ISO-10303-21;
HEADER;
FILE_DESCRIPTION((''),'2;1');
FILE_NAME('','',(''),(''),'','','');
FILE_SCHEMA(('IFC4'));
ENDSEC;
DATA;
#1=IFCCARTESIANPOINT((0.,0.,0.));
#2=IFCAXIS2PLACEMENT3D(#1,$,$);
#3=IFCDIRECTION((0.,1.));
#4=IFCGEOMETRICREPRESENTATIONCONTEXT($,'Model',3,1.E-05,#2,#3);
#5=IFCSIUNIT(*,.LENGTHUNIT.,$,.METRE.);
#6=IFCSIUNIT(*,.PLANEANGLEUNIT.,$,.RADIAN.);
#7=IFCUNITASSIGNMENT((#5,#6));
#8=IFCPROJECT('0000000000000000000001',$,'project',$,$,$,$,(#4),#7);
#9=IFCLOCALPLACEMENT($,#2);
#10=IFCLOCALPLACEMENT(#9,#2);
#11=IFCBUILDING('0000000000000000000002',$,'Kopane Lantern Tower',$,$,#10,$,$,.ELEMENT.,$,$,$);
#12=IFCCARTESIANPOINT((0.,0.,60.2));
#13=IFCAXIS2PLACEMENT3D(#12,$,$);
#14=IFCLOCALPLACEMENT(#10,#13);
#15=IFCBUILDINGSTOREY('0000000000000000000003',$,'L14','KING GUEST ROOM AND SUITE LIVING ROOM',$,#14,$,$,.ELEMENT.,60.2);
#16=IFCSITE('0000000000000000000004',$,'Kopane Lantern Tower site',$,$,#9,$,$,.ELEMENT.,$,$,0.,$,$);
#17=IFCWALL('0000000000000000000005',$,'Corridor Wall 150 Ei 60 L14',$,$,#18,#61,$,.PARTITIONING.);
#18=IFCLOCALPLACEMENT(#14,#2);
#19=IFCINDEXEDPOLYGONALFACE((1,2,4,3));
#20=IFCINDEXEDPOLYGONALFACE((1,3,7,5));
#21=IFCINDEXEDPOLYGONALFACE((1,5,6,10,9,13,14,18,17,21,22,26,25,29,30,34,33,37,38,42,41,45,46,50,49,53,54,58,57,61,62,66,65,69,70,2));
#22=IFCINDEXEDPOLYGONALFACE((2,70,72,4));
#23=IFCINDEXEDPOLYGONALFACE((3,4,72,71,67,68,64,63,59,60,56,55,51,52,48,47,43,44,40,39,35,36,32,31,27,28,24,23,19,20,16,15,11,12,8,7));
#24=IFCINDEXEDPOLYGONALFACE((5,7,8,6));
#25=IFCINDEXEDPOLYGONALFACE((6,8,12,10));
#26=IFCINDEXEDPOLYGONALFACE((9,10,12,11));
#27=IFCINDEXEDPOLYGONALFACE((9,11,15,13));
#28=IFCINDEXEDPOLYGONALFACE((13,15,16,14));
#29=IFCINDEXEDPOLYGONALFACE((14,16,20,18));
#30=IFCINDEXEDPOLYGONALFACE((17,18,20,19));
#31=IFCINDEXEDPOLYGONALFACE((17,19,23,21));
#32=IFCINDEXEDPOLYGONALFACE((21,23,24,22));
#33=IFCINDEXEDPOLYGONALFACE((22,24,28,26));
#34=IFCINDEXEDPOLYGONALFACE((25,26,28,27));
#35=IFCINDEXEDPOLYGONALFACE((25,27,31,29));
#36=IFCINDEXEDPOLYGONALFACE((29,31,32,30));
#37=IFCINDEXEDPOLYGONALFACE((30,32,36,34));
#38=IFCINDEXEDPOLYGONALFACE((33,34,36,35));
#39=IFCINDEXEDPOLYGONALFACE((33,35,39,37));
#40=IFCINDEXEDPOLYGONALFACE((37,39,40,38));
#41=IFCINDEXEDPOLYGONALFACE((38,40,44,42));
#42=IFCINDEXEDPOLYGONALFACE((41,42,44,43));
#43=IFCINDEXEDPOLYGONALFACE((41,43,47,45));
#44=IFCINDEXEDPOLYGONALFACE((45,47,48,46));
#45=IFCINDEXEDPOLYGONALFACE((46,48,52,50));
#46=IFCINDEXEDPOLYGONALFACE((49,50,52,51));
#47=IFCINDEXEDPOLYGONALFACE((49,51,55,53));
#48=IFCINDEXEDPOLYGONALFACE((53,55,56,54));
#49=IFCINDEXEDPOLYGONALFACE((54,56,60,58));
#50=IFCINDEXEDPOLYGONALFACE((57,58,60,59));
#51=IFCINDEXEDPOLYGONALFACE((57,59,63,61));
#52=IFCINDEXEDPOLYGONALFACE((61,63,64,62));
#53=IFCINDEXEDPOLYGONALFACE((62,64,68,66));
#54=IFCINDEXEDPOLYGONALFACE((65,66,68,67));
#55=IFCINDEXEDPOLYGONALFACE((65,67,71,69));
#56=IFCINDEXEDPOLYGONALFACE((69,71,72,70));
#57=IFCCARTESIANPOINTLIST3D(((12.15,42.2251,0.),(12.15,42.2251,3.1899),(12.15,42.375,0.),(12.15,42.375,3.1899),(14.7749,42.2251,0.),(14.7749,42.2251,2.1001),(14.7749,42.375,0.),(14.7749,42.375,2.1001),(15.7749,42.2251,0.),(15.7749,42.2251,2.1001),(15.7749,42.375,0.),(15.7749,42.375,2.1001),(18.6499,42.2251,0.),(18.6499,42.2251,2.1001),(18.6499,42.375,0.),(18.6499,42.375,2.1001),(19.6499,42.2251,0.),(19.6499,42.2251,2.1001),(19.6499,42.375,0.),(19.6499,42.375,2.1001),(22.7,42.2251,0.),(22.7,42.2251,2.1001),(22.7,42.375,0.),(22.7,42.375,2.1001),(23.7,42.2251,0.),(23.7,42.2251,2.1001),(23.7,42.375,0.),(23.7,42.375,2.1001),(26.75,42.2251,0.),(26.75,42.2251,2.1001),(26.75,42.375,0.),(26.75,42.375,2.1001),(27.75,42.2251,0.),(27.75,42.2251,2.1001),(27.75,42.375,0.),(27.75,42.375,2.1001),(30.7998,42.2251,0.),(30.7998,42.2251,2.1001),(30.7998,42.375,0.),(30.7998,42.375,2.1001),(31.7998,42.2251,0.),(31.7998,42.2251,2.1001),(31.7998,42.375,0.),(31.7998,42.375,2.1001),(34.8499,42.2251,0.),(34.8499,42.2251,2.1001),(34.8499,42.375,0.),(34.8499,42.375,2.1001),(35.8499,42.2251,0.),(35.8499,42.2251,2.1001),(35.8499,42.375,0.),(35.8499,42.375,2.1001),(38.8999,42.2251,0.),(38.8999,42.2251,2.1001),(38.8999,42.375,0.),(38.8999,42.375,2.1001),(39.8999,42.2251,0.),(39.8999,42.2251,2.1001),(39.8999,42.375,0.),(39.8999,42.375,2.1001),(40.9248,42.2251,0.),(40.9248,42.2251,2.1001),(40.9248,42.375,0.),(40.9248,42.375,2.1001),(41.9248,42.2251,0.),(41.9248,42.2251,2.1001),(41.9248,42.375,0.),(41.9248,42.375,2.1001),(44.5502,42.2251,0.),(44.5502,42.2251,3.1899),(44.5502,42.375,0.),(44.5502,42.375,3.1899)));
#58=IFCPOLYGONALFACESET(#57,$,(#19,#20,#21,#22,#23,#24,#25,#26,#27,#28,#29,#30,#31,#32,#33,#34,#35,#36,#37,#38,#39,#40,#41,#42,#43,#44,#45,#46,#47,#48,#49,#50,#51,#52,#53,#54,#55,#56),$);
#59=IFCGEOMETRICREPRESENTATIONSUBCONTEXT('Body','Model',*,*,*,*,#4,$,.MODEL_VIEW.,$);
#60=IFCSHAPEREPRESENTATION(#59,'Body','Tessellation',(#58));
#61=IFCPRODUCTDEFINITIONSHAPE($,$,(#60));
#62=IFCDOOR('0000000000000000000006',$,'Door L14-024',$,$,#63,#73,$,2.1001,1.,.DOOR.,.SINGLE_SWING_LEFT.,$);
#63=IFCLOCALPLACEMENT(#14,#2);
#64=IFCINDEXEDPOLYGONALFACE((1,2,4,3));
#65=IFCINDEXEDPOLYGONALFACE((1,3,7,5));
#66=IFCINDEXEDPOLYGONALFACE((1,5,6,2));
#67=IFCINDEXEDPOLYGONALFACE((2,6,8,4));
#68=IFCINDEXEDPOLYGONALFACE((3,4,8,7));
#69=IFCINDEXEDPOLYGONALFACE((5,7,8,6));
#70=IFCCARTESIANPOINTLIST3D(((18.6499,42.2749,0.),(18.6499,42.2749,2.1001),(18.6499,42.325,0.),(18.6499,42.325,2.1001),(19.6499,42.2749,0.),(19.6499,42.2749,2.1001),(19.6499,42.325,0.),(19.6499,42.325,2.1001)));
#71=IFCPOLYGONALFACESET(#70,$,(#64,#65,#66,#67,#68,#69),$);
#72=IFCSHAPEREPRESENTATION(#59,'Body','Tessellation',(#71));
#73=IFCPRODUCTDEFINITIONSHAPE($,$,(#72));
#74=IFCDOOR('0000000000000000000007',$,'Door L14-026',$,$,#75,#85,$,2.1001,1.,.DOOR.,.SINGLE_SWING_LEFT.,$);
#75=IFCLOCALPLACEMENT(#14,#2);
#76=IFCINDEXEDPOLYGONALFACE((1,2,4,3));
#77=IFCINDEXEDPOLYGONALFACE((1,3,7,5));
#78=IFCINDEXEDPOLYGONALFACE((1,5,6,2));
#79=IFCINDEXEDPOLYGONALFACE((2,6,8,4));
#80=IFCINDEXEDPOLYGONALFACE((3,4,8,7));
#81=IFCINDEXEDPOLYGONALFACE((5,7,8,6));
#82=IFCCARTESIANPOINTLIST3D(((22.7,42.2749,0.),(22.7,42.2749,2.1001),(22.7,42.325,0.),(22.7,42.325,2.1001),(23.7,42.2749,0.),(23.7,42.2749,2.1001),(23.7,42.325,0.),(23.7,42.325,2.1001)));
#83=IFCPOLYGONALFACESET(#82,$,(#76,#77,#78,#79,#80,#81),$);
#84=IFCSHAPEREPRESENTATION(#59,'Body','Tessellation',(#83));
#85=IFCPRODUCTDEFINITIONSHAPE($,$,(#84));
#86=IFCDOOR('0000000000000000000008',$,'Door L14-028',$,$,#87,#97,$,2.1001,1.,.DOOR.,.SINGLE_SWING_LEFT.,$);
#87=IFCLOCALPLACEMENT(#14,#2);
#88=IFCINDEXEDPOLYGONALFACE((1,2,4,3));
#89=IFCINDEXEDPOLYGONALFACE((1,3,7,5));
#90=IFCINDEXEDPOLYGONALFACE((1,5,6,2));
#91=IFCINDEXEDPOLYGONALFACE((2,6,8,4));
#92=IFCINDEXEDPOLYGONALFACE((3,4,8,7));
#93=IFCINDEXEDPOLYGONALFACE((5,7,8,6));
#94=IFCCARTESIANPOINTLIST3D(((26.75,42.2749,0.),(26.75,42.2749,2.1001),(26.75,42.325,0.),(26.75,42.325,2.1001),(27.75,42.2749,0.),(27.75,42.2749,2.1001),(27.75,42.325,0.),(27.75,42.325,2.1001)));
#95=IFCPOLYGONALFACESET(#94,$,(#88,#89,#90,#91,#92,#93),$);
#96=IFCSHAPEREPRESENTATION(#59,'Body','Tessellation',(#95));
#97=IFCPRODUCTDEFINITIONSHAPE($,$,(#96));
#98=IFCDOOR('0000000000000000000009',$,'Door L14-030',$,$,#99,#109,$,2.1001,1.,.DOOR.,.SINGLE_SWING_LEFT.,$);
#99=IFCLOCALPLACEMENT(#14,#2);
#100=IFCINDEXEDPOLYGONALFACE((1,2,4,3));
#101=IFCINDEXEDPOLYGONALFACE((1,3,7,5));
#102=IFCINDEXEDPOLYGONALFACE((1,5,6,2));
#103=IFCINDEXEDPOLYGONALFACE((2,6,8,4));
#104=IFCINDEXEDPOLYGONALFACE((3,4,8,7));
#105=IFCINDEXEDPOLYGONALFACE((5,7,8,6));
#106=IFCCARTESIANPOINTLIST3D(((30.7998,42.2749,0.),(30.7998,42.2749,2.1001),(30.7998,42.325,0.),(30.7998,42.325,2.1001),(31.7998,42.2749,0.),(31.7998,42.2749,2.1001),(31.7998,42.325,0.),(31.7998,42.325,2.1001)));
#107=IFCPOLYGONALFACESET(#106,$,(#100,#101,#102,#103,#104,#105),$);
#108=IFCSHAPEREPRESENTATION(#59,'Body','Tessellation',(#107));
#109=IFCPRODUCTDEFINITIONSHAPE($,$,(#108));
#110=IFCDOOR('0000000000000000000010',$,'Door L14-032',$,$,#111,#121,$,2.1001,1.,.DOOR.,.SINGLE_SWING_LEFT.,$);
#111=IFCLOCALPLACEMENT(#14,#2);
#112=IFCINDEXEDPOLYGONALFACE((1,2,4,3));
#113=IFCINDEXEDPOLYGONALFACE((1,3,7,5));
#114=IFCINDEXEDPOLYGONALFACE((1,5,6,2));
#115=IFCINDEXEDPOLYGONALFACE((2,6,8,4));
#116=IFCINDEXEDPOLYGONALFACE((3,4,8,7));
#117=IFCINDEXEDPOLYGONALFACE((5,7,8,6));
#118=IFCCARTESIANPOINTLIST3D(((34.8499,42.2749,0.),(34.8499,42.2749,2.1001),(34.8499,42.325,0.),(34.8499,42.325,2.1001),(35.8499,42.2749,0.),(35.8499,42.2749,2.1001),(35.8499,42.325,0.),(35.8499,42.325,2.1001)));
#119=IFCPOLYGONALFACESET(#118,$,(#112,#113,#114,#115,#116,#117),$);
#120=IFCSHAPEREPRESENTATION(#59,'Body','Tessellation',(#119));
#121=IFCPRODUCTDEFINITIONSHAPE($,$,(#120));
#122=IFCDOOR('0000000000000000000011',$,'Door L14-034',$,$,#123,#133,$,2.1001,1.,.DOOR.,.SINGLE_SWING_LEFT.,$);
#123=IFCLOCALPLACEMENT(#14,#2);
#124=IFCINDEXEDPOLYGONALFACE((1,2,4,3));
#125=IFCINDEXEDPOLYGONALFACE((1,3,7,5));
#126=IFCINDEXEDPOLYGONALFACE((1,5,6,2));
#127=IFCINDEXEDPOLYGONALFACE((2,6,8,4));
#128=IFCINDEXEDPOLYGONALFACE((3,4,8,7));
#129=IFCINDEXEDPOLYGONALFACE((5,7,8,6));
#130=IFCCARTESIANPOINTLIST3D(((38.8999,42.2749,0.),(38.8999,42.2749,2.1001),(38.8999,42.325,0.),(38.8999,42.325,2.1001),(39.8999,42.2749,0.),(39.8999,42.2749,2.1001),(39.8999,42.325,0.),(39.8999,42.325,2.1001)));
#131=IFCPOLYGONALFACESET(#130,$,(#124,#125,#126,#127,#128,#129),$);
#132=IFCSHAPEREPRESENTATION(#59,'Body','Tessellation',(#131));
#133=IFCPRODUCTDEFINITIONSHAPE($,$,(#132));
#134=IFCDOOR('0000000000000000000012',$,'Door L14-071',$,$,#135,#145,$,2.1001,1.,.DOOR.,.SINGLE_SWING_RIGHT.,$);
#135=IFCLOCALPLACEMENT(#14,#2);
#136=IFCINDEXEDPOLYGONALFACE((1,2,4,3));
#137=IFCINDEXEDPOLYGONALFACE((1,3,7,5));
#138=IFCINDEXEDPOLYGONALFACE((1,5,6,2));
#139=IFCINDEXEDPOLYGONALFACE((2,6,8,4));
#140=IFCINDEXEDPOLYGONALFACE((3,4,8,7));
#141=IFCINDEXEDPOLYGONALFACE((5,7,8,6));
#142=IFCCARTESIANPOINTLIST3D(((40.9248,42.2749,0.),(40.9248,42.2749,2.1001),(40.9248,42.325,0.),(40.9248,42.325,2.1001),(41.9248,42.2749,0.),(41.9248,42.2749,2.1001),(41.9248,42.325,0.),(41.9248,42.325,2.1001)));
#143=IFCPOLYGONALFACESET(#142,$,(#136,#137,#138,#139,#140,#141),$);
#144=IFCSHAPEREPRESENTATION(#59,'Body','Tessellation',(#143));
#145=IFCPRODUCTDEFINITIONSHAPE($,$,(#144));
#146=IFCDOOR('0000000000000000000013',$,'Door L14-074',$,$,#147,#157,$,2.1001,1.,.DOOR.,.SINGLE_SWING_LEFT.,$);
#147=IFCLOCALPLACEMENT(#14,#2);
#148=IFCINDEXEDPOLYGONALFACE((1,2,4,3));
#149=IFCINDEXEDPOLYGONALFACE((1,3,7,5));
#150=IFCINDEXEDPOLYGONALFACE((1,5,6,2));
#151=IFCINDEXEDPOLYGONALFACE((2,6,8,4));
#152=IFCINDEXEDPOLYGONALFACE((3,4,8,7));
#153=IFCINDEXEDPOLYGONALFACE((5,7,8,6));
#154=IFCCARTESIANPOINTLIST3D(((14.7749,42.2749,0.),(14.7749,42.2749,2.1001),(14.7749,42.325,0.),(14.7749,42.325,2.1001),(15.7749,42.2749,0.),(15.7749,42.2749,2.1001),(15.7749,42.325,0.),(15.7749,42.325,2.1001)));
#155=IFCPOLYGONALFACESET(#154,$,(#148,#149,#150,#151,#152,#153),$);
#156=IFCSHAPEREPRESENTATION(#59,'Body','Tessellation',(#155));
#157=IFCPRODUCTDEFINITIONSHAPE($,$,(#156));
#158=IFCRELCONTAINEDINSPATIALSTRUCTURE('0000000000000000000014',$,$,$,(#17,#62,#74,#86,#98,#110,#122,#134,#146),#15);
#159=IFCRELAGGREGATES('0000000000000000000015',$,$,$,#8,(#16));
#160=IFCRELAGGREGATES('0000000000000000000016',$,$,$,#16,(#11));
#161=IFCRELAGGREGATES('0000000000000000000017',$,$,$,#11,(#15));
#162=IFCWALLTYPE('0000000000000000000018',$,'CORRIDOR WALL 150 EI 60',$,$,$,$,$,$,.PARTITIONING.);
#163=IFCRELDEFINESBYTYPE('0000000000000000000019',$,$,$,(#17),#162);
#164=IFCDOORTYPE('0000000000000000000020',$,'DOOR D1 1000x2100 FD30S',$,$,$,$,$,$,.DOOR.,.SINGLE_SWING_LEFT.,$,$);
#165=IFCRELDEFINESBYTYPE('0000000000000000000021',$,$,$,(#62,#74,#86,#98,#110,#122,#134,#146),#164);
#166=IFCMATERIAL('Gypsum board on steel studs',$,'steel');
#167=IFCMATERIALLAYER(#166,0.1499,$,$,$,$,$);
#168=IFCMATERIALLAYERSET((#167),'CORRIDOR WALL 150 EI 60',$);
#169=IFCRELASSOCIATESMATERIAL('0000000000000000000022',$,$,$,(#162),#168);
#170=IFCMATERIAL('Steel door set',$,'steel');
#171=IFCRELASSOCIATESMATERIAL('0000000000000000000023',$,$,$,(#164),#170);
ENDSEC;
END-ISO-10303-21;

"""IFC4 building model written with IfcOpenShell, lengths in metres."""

from ifc_helpers import new_model, si_unit, direction, frame, frame_2d, origin, place, context, subcontext, project, spatial, rectangle, extrude, material, layer, layer_set, type_object, element, fill, save


model = new_model("IFC4")

# Units and contexts
model_context = context("Model", 3, precision=1e-05, world=origin(), true_north=direction((0.0, 1.0)))
body_context = subcontext(model_context, "Body", "Model", "MODEL_VIEW")
ifc_project = project(units=[si_unit("LENGTHUNIT", "METRE"), si_unit("PLANEANGLEUNIT", "RADIAN")], contexts=[model_context])

# Site, building, storey
site_placement = place(None, origin())
site = spatial("IfcSite", under=ifc_project, at=site_placement, Name="Kopane Lantern Tower site", CompositionType="ELEMENT", RefElevation=0.0)
building_placement = place(site_placement, origin())
building = spatial("IfcBuilding", under=site, at=building_placement, Name="Kopane Lantern Tower", CompositionType="ELEMENT")
storey_placement = place(building_placement, frame((0.0, 0.0, 60.2)))
storey = spatial("IfcBuildingStorey", under=building, at=storey_placement, Name="L14", Description="KING GUEST ROOM AND SUITE LIVING ROOM", CompositionType="ELEMENT", Elevation=60.2)

# Wall, openings, doors
ifc_material_1 = material(Name="Gypsum board on steel studs", Category="steel")
ifc_layer_1 = layer(ifc_material_1, 0.1499)
ifc_layer_set_1 = layer_set([ifc_layer_1], Name="CORRIDOR WALL 150 EI 60")
wall_type_1 = type_object("IfcWallType", Name="CORRIDOR WALL 150 EI 60", PredefinedType="PARTITIONING", material=ifc_layer_set_1)
wall_1_placement = place(storey_placement, frame((12.1499, 42.3, 0.0), z_axis=(0.0, 0.0, 1.0), x_axis=(1.0, 0.0, 0.0)))
wall_1 = element("IfcWall", 1, at=wall_1_placement, inside=storey, type_object=wall_type_1, Name="Corridor Wall 150 Ei 60 L14", PredefinedType="PARTITIONING", context=body_context, shape_type="SweptSolid", body=[
    extrude(rectangle(XDim=32.4001, YDim=0.1499, at=frame_2d((16.2002, 0.0))), origin(), (0.0, 0.0, 1.0), 3.1899),
])
opening_1_placement = place(wall_1_placement, frame((6.5, 0.0, 0.0)))
opening_1 = element("IfcOpeningElement", 2, at=opening_1_placement, cuts=wall_1, PredefinedType="OPENING", context=body_context, shape_type="SweptSolid", body=[
    extrude(rectangle(XDim=1.0, YDim=2.1001, at=frame_2d((0.5, 1.05))), frame((0.0, 0.085, 0.0), z_axis=(0.0, -1.0, 0.0), x_axis=(1.0, 0.0, 0.0)), (0.0, 0.0, 1.0), 0.1699),
])
opening_2_placement = place(wall_1_placement, frame((10.55, 0.0, 0.0)))
opening_2 = element("IfcOpeningElement", 3, at=opening_2_placement, cuts=wall_1, PredefinedType="OPENING", context=body_context, shape_type="SweptSolid", body=[
    extrude(rectangle(XDim=1.0, YDim=2.1001, at=frame_2d((0.5, 1.05))), frame((0.0, 0.085, 0.0), z_axis=(0.0, -1.0, 0.0), x_axis=(1.0, 0.0, 0.0)), (0.0, 0.0, 1.0), 0.1699),
])
opening_3_placement = place(wall_1_placement, frame((14.6001, 0.0, 0.0)))
opening_3 = element("IfcOpeningElement", 4, at=opening_3_placement, cuts=wall_1, PredefinedType="OPENING", context=body_context, shape_type="SweptSolid", body=[
    extrude(rectangle(XDim=1.0, YDim=2.1001, at=frame_2d((0.5, 1.05))), frame((0.0, 0.085, 0.0), z_axis=(0.0, -1.0, 0.0), x_axis=(1.0, 0.0, 0.0)), (0.0, 0.0, 1.0), 0.1699),
])
opening_4_placement = place(wall_1_placement, frame((18.6499, 0.0, 0.0)))
opening_4 = element("IfcOpeningElement", 5, at=opening_4_placement, cuts=wall_1, PredefinedType="OPENING", context=body_context, shape_type="SweptSolid", body=[
    extrude(rectangle(XDim=1.0, YDim=2.1001, at=frame_2d((0.5, 1.05))), frame((0.0, 0.085, 0.0), z_axis=(0.0, -1.0, 0.0), x_axis=(1.0, 0.0, 0.0)), (0.0, 0.0, 1.0), 0.1699),
])
opening_5_placement = place(wall_1_placement, frame((22.7, 0.0, 0.0)))
opening_5 = element("IfcOpeningElement", 6, at=opening_5_placement, cuts=wall_1, PredefinedType="OPENING", context=body_context, shape_type="SweptSolid", body=[
    extrude(rectangle(XDim=1.0, YDim=2.1001, at=frame_2d((0.5, 1.05))), frame((0.0, 0.085, 0.0), z_axis=(0.0, -1.0, 0.0), x_axis=(1.0, 0.0, 0.0)), (0.0, 0.0, 1.0), 0.1699),
])
opening_6_placement = place(wall_1_placement, frame((26.75, 0.0, 0.0)))
opening_6 = element("IfcOpeningElement", 7, at=opening_6_placement, cuts=wall_1, PredefinedType="OPENING", context=body_context, shape_type="SweptSolid", body=[
    extrude(rectangle(XDim=1.0, YDim=2.1001, at=frame_2d((0.5, 1.05))), frame((0.0, 0.085, 0.0), z_axis=(0.0, -1.0, 0.0), x_axis=(1.0, 0.0, 0.0)), (0.0, 0.0, 1.0), 0.1699),
])
opening_7_placement = place(wall_1_placement, frame((28.7749, 0.0, 0.0)))
opening_7 = element("IfcOpeningElement", 8, at=opening_7_placement, cuts=wall_1, PredefinedType="OPENING", context=body_context, shape_type="SweptSolid", body=[
    extrude(rectangle(XDim=1.0, YDim=2.1001, at=frame_2d((0.5, 1.05))), frame((0.0, 0.085, 0.0), z_axis=(0.0, -1.0, 0.0), x_axis=(1.0, 0.0, 0.0)), (0.0, 0.0, 1.0), 0.1699),
])
opening_8_placement = place(wall_1_placement, frame((2.625, 0.0, 0.0)))
opening_8 = element("IfcOpeningElement", 9, at=opening_8_placement, cuts=wall_1, PredefinedType="OPENING", context=body_context, shape_type="SweptSolid", body=[
    extrude(rectangle(XDim=1.0, YDim=2.1001, at=frame_2d((0.5, 1.05))), frame((0.0, 0.085, 0.0), z_axis=(0.0, -1.0, 0.0), x_axis=(1.0, 0.0, 0.0)), (0.0, 0.0, 1.0), 0.1699),
])
ifc_material_2 = material(Name="Steel door set", Category="steel")
door_type_1 = type_object("IfcDoorType", Name="DOOR D1 1000x2100 FD30S", OperationType="SINGLE_SWING_LEFT", PredefinedType="DOOR", material=ifc_material_2)
door_1_placement = place(opening_1_placement, origin())
door_1 = element("IfcDoor", 10, at=door_1_placement, inside=storey, type_object=door_type_1, Name="Door L14-024", OperationType="SINGLE_SWING_LEFT", OverallHeight=2.1001, OverallWidth=1.0, PredefinedType="DOOR", context=body_context, shape_type="SweptSolid", body=[
    extrude(rectangle(XDim=1.0, YDim=2.1001, at=frame_2d((0.5, 1.05))), frame((0.0, 0.0249, 0.0), z_axis=(0.0, -1.0, 0.0), x_axis=(1.0, 0.0, 0.0)), (0.0, 0.0, 1.0), 0.05),
])
fill(opening_1, door_1)
door_2_placement = place(opening_2_placement, origin())
door_2 = element("IfcDoor", 11, at=door_2_placement, inside=storey, type_object=door_type_1, Name="Door L14-026", OperationType="SINGLE_SWING_LEFT", OverallHeight=2.1001, OverallWidth=1.0, PredefinedType="DOOR", context=body_context, shape_type="SweptSolid", body=[
    extrude(rectangle(XDim=1.0, YDim=2.1001, at=frame_2d((0.5, 1.05))), frame((0.0, 0.0249, 0.0), z_axis=(0.0, -1.0, 0.0), x_axis=(1.0, 0.0, 0.0)), (0.0, 0.0, 1.0), 0.05),
])
fill(opening_2, door_2)
door_3_placement = place(opening_3_placement, origin())
door_3 = element("IfcDoor", 12, at=door_3_placement, inside=storey, type_object=door_type_1, Name="Door L14-028", OperationType="SINGLE_SWING_LEFT", OverallHeight=2.1001, OverallWidth=1.0, PredefinedType="DOOR", context=body_context, shape_type="SweptSolid", body=[
    extrude(rectangle(XDim=1.0, YDim=2.1001, at=frame_2d((0.5, 1.05))), frame((0.0, 0.0249, 0.0), z_axis=(0.0, -1.0, 0.0), x_axis=(1.0, 0.0, 0.0)), (0.0, 0.0, 1.0), 0.05),
])
fill(opening_3, door_3)
door_4_placement = place(opening_4_placement, origin())
door_4 = element("IfcDoor", 13, at=door_4_placement, inside=storey, type_object=door_type_1, Name="Door L14-030", OperationType="SINGLE_SWING_LEFT", OverallHeight=2.1001, OverallWidth=1.0, PredefinedType="DOOR", context=body_context, shape_type="SweptSolid", body=[
    extrude(rectangle(XDim=1.0, YDim=2.1001, at=frame_2d((0.5, 1.05))), frame((0.0, 0.0249, 0.0), z_axis=(0.0, -1.0, 0.0), x_axis=(1.0, 0.0, 0.0)), (0.0, 0.0, 1.0), 0.05),
])
fill(opening_4, door_4)
door_5_placement = place(opening_5_placement, origin())
door_5 = element("IfcDoor", 14, at=door_5_placement, inside=storey, type_object=door_type_1, Name="Door L14-032", OperationType="SINGLE_SWING_LEFT", OverallHeight=2.1001, OverallWidth=1.0, PredefinedType="DOOR", context=body_context, shape_type="SweptSolid", body=[
    extrude(rectangle(XDim=1.0, YDim=2.1001, at=frame_2d((0.5, 1.05))), frame((0.0, 0.0249, 0.0), z_axis=(0.0, -1.0, 0.0), x_axis=(1.0, 0.0, 0.0)), (0.0, 0.0, 1.0), 0.05),
])
fill(opening_5, door_5)
door_6_placement = place(opening_6_placement, origin())
door_6 = element("IfcDoor", 15, at=door_6_placement, inside=storey, type_object=door_type_1, Name="Door L14-034", OperationType="SINGLE_SWING_LEFT", OverallHeight=2.1001, OverallWidth=1.0, PredefinedType="DOOR", context=body_context, shape_type="SweptSolid", body=[
    extrude(rectangle(XDim=1.0, YDim=2.1001, at=frame_2d((0.5, 1.05))), frame((0.0, 0.0249, 0.0), z_axis=(0.0, -1.0, 0.0), x_axis=(1.0, 0.0, 0.0)), (0.0, 0.0, 1.0), 0.05),
])
fill(opening_6, door_6)
door_7_placement = place(opening_7_placement, origin())
door_7 = element("IfcDoor", 16, at=door_7_placement, inside=storey, type_object=door_type_1, Name="Door L14-071", OperationType="SINGLE_SWING_RIGHT", OverallHeight=2.1001, OverallWidth=1.0, PredefinedType="DOOR", context=body_context, shape_type="SweptSolid", body=[
    extrude(rectangle(XDim=1.0, YDim=2.1001, at=frame_2d((0.5, 1.05))), frame((0.0, 0.0249, 0.0), z_axis=(0.0, -1.0, 0.0), x_axis=(1.0, 0.0, 0.0)), (0.0, 0.0, 1.0), 0.05),
])
fill(opening_7, door_7)
door_8_placement = place(opening_8_placement, origin())
door_8 = element("IfcDoor", 17, at=door_8_placement, inside=storey, type_object=door_type_1, Name="Door L14-074", OperationType="SINGLE_SWING_LEFT", OverallHeight=2.1001, OverallWidth=1.0, PredefinedType="DOOR", context=body_context, shape_type="SweptSolid", body=[
    extrude(rectangle(XDim=1.0, YDim=2.1001, at=frame_2d((0.5, 1.05))), frame((0.0, 0.0249, 0.0), z_axis=(0.0, -1.0, 0.0), x_axis=(1.0, 0.0, 0.0)), (0.0, 0.0, 1.0), 0.05),
])
fill(opening_8, door_8)

save(model, "model.ifc")
